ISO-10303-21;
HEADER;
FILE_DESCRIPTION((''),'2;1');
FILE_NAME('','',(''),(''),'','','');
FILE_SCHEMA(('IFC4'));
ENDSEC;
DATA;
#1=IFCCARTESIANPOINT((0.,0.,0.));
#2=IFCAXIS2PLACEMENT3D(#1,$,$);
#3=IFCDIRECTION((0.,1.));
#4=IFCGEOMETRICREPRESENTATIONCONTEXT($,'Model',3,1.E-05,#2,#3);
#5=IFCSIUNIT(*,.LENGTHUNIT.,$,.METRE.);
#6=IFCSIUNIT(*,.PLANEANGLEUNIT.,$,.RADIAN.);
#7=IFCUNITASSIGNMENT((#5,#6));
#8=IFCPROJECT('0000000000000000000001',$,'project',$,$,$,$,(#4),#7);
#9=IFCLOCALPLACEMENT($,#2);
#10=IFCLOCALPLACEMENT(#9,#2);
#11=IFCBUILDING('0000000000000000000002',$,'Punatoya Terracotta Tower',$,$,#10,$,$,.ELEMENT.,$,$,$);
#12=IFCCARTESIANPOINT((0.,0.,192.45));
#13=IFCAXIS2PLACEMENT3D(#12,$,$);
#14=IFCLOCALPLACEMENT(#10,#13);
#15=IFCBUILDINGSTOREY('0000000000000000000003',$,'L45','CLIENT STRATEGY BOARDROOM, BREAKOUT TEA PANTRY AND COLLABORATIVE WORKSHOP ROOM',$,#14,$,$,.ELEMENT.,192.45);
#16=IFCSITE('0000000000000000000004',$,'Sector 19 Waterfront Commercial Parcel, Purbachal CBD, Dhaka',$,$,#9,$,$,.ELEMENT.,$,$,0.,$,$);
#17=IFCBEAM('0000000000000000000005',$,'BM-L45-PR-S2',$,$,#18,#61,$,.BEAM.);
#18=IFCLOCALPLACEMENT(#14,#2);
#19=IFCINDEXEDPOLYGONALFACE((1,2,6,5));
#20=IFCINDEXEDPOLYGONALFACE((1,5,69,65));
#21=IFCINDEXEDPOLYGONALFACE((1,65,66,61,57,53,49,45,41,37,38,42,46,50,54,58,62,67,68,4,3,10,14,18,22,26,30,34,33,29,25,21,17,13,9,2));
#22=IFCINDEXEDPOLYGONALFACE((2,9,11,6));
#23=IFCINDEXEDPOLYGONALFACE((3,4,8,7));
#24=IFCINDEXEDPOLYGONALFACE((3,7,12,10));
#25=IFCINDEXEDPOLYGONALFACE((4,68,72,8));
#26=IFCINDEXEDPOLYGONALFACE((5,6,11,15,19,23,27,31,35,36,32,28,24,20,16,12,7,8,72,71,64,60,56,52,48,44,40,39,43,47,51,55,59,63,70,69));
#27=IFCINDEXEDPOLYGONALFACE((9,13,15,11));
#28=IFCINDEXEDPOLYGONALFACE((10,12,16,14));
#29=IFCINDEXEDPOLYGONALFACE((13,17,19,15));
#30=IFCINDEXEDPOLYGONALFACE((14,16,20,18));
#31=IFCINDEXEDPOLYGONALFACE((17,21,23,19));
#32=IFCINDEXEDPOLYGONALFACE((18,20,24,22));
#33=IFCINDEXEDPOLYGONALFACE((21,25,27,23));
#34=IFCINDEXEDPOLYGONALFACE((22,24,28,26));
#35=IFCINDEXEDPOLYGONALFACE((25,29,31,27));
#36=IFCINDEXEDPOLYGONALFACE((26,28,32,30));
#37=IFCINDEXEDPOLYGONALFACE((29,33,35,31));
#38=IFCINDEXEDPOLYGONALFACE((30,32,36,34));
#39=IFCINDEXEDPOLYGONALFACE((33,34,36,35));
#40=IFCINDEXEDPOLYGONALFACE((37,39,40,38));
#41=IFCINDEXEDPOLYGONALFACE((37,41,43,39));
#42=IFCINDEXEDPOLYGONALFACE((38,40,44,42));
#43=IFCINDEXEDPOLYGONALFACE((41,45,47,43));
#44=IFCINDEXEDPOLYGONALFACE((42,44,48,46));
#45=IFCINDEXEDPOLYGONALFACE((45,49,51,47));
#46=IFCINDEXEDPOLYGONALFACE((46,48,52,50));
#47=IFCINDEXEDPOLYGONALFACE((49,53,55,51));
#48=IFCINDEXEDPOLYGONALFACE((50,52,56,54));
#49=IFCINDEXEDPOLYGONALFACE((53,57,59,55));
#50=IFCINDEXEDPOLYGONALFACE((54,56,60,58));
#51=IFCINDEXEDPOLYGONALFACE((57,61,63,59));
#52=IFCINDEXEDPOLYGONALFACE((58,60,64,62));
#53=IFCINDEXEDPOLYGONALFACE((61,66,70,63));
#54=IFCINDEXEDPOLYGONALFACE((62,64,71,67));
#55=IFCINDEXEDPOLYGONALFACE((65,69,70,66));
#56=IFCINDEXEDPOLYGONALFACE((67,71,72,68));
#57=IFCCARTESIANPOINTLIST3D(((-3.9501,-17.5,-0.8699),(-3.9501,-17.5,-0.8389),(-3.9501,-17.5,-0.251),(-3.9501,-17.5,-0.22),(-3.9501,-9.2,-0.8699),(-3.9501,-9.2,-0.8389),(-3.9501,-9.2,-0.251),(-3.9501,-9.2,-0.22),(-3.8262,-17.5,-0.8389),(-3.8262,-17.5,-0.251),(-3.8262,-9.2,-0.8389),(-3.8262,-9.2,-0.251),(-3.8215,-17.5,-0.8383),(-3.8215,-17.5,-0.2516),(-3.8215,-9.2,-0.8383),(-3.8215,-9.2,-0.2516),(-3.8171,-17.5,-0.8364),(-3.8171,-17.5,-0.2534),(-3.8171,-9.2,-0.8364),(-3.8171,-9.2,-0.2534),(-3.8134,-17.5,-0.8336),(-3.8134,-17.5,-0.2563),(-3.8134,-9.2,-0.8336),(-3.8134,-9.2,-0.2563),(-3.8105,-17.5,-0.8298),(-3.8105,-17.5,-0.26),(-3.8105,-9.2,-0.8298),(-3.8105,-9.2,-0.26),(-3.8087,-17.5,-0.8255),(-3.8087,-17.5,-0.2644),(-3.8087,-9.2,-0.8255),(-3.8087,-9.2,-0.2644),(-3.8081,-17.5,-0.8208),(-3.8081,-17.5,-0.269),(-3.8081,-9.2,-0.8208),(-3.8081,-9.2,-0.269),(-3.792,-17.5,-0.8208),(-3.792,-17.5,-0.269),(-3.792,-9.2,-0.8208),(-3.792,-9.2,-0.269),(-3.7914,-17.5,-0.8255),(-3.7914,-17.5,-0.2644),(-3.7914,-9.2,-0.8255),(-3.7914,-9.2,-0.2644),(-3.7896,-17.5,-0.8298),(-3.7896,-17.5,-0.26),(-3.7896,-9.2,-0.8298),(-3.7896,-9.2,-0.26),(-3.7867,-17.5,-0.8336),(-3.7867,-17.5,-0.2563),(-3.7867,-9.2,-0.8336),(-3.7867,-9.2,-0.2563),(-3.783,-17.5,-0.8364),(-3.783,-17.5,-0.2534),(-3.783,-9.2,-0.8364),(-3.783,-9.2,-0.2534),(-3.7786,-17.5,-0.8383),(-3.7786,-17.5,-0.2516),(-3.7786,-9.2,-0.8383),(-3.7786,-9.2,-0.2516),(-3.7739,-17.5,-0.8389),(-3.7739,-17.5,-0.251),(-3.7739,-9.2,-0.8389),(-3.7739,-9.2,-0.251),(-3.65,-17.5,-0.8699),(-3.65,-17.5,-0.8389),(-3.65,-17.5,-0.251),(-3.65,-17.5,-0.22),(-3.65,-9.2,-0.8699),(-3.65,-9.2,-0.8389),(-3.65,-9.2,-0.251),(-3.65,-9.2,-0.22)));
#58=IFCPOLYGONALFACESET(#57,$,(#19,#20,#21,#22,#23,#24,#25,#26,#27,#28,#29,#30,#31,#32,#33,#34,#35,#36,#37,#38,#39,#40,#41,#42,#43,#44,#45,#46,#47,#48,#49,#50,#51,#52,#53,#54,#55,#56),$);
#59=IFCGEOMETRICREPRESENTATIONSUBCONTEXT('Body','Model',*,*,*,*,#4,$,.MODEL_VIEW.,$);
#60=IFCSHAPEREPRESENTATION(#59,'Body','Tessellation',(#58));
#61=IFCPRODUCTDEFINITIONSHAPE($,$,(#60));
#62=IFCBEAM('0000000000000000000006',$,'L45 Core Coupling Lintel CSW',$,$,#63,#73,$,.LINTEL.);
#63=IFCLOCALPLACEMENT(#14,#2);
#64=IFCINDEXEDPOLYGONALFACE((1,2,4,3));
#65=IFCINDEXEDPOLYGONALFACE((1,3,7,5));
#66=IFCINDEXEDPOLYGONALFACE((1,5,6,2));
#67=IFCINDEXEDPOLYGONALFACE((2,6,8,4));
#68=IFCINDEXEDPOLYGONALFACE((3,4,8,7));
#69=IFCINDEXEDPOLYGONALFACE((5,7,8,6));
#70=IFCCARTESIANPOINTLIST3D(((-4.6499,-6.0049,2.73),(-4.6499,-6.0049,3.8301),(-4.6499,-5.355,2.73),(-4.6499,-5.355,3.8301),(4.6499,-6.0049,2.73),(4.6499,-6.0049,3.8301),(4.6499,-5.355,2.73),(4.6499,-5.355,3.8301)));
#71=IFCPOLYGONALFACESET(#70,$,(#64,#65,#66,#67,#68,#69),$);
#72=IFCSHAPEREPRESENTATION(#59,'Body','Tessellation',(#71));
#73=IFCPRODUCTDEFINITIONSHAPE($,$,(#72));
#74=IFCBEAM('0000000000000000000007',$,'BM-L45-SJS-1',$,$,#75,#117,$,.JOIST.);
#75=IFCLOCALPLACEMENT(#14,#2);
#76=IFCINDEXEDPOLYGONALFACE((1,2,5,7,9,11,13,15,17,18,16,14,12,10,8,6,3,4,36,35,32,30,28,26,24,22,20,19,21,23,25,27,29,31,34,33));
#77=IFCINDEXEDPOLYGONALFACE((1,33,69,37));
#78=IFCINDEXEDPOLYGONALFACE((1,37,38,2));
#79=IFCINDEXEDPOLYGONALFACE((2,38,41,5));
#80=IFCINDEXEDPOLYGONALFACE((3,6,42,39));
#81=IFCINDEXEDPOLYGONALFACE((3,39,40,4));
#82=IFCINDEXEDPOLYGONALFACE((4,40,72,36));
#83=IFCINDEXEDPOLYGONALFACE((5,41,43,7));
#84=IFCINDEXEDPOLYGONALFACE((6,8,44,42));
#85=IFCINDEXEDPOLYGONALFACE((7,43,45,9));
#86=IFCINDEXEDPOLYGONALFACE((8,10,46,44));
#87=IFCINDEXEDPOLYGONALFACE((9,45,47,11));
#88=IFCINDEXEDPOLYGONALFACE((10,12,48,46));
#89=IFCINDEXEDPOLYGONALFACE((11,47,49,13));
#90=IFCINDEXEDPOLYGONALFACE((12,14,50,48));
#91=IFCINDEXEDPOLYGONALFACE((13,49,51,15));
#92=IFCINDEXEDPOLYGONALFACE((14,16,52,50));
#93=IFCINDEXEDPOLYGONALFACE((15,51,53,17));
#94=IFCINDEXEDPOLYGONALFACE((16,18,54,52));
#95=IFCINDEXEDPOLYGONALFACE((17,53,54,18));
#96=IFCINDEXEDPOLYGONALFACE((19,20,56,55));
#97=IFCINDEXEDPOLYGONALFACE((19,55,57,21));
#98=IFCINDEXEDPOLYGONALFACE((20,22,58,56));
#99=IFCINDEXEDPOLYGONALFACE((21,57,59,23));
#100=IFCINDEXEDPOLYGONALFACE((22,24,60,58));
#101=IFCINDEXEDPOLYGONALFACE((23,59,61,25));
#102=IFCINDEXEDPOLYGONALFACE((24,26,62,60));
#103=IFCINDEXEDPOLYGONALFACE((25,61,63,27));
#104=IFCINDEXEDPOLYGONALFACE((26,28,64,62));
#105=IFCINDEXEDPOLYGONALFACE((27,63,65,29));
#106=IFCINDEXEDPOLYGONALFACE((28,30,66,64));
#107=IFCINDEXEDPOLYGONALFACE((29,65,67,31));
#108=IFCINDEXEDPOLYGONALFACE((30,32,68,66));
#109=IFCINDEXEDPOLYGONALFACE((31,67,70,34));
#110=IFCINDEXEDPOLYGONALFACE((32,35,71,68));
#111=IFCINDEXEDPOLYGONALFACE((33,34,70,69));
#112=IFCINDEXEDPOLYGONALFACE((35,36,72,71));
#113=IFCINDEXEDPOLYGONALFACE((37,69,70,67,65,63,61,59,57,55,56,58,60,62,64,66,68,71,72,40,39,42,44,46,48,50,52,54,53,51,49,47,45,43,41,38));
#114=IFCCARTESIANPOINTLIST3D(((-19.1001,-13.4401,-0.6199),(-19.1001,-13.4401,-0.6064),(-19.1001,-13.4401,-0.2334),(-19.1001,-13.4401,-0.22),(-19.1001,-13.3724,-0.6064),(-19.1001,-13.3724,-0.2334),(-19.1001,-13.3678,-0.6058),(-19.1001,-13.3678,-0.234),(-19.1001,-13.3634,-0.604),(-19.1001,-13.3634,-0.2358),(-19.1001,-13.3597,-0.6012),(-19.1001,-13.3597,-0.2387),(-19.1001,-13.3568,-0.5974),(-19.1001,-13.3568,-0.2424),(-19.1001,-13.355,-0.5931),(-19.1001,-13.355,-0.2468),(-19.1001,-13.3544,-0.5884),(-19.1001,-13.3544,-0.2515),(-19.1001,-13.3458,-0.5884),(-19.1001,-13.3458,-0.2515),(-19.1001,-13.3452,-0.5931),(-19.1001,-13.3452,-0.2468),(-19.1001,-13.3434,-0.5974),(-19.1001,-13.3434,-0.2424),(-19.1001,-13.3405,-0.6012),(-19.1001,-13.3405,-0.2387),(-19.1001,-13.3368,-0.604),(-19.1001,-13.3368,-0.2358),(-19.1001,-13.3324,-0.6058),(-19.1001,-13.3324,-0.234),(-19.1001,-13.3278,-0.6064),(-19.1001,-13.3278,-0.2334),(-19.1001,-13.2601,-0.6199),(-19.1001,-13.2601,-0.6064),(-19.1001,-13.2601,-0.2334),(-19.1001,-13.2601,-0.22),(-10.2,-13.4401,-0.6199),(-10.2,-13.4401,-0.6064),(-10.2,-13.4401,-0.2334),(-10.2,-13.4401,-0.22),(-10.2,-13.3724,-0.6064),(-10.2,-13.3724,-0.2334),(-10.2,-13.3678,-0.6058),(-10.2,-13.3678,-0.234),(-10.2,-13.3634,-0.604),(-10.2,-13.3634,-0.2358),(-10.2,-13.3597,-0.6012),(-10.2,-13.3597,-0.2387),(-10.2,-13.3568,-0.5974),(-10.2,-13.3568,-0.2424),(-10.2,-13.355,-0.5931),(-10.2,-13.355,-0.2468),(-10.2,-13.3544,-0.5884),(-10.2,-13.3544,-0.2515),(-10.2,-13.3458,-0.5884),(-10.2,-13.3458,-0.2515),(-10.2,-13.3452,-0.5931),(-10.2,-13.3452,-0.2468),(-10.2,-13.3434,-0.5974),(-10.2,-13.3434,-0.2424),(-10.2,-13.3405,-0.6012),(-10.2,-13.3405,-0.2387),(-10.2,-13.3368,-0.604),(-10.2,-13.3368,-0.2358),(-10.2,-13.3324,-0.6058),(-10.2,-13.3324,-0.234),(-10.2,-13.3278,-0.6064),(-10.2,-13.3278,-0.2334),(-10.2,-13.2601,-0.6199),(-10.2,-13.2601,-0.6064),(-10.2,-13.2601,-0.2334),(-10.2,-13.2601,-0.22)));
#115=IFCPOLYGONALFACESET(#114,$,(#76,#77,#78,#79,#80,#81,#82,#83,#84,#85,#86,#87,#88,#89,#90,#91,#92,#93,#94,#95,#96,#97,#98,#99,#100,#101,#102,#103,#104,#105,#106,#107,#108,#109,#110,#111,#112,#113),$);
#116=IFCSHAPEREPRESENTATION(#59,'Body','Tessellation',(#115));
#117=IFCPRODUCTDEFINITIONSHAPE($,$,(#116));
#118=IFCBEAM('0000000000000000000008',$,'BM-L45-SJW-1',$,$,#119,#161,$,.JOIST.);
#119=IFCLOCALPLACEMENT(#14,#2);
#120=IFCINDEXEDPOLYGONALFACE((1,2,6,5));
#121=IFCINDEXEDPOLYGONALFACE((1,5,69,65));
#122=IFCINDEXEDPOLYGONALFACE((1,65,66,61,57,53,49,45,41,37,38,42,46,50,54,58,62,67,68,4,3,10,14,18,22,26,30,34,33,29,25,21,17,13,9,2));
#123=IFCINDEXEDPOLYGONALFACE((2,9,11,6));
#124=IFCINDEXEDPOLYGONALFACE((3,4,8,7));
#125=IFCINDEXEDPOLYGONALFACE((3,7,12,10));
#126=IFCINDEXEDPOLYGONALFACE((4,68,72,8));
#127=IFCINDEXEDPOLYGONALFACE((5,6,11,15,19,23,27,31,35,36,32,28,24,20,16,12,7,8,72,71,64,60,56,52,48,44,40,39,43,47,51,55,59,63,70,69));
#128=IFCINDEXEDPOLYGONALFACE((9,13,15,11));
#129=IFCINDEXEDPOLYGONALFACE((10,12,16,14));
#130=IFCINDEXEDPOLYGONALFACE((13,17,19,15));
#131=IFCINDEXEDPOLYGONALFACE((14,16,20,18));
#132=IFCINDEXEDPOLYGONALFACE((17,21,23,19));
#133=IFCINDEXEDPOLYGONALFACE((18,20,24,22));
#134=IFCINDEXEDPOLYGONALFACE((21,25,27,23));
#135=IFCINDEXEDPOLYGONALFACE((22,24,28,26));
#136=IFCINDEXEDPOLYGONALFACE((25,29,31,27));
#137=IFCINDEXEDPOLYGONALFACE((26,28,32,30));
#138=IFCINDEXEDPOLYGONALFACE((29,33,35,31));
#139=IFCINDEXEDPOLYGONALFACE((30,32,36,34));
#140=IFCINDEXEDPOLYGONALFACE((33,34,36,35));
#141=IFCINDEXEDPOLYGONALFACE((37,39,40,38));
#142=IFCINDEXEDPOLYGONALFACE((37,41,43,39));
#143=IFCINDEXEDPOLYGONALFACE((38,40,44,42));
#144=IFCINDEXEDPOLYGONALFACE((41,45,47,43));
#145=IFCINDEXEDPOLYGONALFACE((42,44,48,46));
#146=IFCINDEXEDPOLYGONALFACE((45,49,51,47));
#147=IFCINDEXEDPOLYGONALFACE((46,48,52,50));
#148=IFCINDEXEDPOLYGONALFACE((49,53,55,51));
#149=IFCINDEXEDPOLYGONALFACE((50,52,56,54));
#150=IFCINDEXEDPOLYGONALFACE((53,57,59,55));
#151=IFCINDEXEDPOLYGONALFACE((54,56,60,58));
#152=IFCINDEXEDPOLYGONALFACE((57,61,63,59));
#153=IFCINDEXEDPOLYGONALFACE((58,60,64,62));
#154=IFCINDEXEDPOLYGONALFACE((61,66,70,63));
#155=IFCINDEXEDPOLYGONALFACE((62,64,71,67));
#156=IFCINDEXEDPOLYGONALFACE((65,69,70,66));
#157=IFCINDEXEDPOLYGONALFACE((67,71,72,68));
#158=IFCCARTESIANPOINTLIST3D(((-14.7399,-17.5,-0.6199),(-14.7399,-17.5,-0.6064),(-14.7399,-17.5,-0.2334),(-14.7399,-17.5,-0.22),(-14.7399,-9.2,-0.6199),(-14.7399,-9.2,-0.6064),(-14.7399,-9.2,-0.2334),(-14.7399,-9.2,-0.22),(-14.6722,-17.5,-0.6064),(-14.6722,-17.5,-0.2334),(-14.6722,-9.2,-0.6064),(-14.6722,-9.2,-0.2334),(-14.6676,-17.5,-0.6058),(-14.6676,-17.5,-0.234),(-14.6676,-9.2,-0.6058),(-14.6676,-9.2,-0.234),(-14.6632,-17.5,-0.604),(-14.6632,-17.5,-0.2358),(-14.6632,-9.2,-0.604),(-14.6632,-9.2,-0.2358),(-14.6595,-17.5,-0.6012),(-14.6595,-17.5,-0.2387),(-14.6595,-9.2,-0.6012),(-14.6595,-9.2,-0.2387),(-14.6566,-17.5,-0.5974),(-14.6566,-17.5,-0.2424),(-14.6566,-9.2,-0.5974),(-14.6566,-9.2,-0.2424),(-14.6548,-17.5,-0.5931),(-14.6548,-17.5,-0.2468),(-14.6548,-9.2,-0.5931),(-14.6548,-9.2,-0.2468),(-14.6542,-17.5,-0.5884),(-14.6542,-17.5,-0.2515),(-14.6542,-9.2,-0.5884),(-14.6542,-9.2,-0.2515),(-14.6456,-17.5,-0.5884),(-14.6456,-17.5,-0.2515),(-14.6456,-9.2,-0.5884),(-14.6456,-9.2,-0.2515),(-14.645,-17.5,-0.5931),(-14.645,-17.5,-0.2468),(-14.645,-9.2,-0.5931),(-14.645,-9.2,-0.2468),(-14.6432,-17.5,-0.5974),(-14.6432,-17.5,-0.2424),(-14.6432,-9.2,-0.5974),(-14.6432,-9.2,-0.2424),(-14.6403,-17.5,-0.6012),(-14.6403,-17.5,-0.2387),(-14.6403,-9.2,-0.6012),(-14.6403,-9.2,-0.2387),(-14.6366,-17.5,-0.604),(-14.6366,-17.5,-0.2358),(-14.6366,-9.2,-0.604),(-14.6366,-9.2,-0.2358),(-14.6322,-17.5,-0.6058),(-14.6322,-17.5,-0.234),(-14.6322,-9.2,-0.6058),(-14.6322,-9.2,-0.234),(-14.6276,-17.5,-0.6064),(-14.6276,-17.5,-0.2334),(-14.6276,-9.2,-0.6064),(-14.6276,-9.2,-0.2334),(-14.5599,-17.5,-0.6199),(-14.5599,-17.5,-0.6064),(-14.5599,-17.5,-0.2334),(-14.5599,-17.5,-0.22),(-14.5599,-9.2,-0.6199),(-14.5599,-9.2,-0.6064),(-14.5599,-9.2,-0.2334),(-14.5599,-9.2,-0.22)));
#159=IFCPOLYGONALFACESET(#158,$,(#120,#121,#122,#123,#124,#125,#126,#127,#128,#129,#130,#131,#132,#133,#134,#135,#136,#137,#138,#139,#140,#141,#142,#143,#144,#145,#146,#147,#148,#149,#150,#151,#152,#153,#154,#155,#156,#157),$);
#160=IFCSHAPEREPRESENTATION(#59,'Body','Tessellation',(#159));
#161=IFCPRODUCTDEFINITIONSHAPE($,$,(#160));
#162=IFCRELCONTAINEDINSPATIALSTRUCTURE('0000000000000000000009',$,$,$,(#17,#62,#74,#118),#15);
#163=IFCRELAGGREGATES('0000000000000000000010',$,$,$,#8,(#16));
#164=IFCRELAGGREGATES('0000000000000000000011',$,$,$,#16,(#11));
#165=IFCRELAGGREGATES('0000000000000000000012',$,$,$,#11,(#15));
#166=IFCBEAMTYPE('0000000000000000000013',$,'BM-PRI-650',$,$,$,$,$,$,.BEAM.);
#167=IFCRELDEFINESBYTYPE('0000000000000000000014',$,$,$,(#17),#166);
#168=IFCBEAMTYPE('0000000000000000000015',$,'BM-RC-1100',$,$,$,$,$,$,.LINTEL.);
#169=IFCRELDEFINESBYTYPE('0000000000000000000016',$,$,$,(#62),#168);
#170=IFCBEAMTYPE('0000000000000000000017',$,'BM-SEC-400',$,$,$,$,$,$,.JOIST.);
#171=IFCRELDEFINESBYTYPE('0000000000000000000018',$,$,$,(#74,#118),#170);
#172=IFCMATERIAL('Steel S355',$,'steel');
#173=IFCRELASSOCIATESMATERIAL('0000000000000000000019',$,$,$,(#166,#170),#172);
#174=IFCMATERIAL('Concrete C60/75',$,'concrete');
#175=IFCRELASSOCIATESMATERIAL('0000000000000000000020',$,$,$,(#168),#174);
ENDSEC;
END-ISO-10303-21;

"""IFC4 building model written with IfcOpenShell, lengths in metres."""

from ifc_helpers import new_model, si_unit, direction, frame, origin, origin_2d, place, context, subcontext, project, spatial, rectangle, i_section, extrude, material, material_profile, profile_set, type_object, element, save


model = new_model("IFC4")

# Units and contexts
model_context = context("Model", 3, precision=1e-05, world=origin(), true_north=direction((0.0, 1.0)))
body_context = subcontext(model_context, "Body", "Model", "MODEL_VIEW")
ifc_project = project(units=[si_unit("LENGTHUNIT", "METRE"), si_unit("PLANEANGLEUNIT", "RADIAN")], contexts=[model_context])

# Site, building, storey
site_placement = place(None, origin())
site = spatial("IfcSite", under=ifc_project, at=site_placement, Name="Sector 19 Waterfront Commercial Parcel, Purbachal CBD, Dhaka", CompositionType="ELEMENT", RefElevation=0.0)
building_placement = place(site_placement, origin())
building = spatial("IfcBuilding", under=site, at=building_placement, Name="Punatoya Terracotta Tower", CompositionType="ELEMENT")
storey_placement = place(building_placement, frame((0.0, 0.0, 192.45)))
storey = spatial("IfcBuildingStorey", under=building, at=storey_placement, Name="L45", Description="CLIENT STRATEGY BOARDROOM, BREAKOUT TEA PANTRY AND COLLABORATIVE WORKSHOP ROOM", CompositionType="ELEMENT", Elevation=192.45)

# Beams
ifc_material_1 = material(Name="Steel S355", Category="steel")
ifc_material_profile_1 = material_profile(ifc_material_1, i_section(OverallWidth=0.3, OverallDepth=0.6499, WebThickness=0.0161, FlangeThickness=0.031, FilletRadius=0.0181, at=origin_2d()))
ifc_profile_set_1 = profile_set([ifc_material_profile_1], Name="Steel S355")
beam_type_1 = type_object("IfcBeamType", Name="BM-PRI-650", PredefinedType="BEAM", material=ifc_profile_set_1)
for number, where, z_axis, x_axis, name in (
    (1, (-3.8, -17.5, -0.5449), (0.0, 1.0, 0.0), (-1.0, 0.0, 0.0), "BM-L45-PR-S2"),
):
    element("IfcBeam", number, at=place(storey_placement, frame(where, z_axis=z_axis, x_axis=x_axis)), inside=storey, type_object=beam_type_1, Name=name, PredefinedType="BEAM", context=body_context, shape_type="SweptSolid", body=[
        extrude(i_section(OverallWidth=0.3, OverallDepth=0.6499, WebThickness=0.0161, FlangeThickness=0.031, FilletRadius=0.0181, at=origin_2d()), origin(), (0.0, 0.0, 1.0), 8.3),
    ])
ifc_material_2 = material(Name="Concrete C60/75", Category="concrete")
ifc_material_profile_2 = material_profile(ifc_material_2, rectangle(XDim=0.6499, YDim=1.1001, at=origin_2d()))
ifc_profile_set_2 = profile_set([ifc_material_profile_2], Name="Concrete C60/75")
beam_type_2 = type_object("IfcBeamType", Name="BM-RC-1100", PredefinedType="LINTEL", material=ifc_profile_set_2)
beam_1_placement = place(storey_placement, frame((-4.6499, -5.6799, 3.28), z_axis=(1.0, 0.0, 0.0), x_axis=(0.0, 1.0, 0.0)))
element("IfcBeam", 2, at=beam_1_placement, inside=storey, type_object=beam_type_2, Name="L45 Core Coupling Lintel CSW", PredefinedType="LINTEL", context=body_context, shape_type="SweptSolid", body=[
    extrude(rectangle(XDim=0.6499, YDim=1.1001, at=origin_2d()), origin(), (0.0, 0.0, 1.0), 9.2998),
])
ifc_material_profile_3 = material_profile(ifc_material_1, i_section(OverallWidth=0.1799, OverallDepth=0.3999, WebThickness=0.0085, FlangeThickness=0.0134, FilletRadius=0.0181, at=origin_2d()))
ifc_profile_set_3 = profile_set([ifc_material_profile_3], Name="Steel S355")
beam_type_3 = type_object("IfcBeamType", Name="BM-SEC-400", PredefinedType="JOIST", material=ifc_profile_set_3)
beam_2_placement = place(storey_placement, frame((-19.1001, -13.3501, -0.4199), z_axis=(1.0, 0.0, 0.0), x_axis=(0.0, 1.0, 0.0)))
element("IfcBeam", 3, at=beam_2_placement, inside=storey, type_object=beam_type_3, Name="BM-L45-SJS-1", PredefinedType="JOIST", context=body_context, shape_type="SweptSolid", body=[
    extrude(i_section(OverallWidth=0.1799, OverallDepth=0.3999, WebThickness=0.0085, FlangeThickness=0.0134, FilletRadius=0.0181, at=origin_2d()), origin(), (0.0, 0.0, 1.0), 8.9001),
])
beam_3_placement = place(storey_placement, frame((-14.6499, -17.5, -0.4199), z_axis=(0.0, 1.0, 0.0), x_axis=(-1.0, 0.0, 0.0)))
element("IfcBeam", 4, at=beam_3_placement, inside=storey, type_object=beam_type_3, Name="BM-L45-SJW-1", PredefinedType="JOIST", context=body_context, shape_type="SweptSolid", body=[
    extrude(i_section(OverallWidth=0.1799, OverallDepth=0.3999, WebThickness=0.0085, FlangeThickness=0.0134, FilletRadius=0.0181, at=origin_2d()), origin(), (0.0, 0.0, 1.0), 8.3),
])

save(model, "model.ifc")
